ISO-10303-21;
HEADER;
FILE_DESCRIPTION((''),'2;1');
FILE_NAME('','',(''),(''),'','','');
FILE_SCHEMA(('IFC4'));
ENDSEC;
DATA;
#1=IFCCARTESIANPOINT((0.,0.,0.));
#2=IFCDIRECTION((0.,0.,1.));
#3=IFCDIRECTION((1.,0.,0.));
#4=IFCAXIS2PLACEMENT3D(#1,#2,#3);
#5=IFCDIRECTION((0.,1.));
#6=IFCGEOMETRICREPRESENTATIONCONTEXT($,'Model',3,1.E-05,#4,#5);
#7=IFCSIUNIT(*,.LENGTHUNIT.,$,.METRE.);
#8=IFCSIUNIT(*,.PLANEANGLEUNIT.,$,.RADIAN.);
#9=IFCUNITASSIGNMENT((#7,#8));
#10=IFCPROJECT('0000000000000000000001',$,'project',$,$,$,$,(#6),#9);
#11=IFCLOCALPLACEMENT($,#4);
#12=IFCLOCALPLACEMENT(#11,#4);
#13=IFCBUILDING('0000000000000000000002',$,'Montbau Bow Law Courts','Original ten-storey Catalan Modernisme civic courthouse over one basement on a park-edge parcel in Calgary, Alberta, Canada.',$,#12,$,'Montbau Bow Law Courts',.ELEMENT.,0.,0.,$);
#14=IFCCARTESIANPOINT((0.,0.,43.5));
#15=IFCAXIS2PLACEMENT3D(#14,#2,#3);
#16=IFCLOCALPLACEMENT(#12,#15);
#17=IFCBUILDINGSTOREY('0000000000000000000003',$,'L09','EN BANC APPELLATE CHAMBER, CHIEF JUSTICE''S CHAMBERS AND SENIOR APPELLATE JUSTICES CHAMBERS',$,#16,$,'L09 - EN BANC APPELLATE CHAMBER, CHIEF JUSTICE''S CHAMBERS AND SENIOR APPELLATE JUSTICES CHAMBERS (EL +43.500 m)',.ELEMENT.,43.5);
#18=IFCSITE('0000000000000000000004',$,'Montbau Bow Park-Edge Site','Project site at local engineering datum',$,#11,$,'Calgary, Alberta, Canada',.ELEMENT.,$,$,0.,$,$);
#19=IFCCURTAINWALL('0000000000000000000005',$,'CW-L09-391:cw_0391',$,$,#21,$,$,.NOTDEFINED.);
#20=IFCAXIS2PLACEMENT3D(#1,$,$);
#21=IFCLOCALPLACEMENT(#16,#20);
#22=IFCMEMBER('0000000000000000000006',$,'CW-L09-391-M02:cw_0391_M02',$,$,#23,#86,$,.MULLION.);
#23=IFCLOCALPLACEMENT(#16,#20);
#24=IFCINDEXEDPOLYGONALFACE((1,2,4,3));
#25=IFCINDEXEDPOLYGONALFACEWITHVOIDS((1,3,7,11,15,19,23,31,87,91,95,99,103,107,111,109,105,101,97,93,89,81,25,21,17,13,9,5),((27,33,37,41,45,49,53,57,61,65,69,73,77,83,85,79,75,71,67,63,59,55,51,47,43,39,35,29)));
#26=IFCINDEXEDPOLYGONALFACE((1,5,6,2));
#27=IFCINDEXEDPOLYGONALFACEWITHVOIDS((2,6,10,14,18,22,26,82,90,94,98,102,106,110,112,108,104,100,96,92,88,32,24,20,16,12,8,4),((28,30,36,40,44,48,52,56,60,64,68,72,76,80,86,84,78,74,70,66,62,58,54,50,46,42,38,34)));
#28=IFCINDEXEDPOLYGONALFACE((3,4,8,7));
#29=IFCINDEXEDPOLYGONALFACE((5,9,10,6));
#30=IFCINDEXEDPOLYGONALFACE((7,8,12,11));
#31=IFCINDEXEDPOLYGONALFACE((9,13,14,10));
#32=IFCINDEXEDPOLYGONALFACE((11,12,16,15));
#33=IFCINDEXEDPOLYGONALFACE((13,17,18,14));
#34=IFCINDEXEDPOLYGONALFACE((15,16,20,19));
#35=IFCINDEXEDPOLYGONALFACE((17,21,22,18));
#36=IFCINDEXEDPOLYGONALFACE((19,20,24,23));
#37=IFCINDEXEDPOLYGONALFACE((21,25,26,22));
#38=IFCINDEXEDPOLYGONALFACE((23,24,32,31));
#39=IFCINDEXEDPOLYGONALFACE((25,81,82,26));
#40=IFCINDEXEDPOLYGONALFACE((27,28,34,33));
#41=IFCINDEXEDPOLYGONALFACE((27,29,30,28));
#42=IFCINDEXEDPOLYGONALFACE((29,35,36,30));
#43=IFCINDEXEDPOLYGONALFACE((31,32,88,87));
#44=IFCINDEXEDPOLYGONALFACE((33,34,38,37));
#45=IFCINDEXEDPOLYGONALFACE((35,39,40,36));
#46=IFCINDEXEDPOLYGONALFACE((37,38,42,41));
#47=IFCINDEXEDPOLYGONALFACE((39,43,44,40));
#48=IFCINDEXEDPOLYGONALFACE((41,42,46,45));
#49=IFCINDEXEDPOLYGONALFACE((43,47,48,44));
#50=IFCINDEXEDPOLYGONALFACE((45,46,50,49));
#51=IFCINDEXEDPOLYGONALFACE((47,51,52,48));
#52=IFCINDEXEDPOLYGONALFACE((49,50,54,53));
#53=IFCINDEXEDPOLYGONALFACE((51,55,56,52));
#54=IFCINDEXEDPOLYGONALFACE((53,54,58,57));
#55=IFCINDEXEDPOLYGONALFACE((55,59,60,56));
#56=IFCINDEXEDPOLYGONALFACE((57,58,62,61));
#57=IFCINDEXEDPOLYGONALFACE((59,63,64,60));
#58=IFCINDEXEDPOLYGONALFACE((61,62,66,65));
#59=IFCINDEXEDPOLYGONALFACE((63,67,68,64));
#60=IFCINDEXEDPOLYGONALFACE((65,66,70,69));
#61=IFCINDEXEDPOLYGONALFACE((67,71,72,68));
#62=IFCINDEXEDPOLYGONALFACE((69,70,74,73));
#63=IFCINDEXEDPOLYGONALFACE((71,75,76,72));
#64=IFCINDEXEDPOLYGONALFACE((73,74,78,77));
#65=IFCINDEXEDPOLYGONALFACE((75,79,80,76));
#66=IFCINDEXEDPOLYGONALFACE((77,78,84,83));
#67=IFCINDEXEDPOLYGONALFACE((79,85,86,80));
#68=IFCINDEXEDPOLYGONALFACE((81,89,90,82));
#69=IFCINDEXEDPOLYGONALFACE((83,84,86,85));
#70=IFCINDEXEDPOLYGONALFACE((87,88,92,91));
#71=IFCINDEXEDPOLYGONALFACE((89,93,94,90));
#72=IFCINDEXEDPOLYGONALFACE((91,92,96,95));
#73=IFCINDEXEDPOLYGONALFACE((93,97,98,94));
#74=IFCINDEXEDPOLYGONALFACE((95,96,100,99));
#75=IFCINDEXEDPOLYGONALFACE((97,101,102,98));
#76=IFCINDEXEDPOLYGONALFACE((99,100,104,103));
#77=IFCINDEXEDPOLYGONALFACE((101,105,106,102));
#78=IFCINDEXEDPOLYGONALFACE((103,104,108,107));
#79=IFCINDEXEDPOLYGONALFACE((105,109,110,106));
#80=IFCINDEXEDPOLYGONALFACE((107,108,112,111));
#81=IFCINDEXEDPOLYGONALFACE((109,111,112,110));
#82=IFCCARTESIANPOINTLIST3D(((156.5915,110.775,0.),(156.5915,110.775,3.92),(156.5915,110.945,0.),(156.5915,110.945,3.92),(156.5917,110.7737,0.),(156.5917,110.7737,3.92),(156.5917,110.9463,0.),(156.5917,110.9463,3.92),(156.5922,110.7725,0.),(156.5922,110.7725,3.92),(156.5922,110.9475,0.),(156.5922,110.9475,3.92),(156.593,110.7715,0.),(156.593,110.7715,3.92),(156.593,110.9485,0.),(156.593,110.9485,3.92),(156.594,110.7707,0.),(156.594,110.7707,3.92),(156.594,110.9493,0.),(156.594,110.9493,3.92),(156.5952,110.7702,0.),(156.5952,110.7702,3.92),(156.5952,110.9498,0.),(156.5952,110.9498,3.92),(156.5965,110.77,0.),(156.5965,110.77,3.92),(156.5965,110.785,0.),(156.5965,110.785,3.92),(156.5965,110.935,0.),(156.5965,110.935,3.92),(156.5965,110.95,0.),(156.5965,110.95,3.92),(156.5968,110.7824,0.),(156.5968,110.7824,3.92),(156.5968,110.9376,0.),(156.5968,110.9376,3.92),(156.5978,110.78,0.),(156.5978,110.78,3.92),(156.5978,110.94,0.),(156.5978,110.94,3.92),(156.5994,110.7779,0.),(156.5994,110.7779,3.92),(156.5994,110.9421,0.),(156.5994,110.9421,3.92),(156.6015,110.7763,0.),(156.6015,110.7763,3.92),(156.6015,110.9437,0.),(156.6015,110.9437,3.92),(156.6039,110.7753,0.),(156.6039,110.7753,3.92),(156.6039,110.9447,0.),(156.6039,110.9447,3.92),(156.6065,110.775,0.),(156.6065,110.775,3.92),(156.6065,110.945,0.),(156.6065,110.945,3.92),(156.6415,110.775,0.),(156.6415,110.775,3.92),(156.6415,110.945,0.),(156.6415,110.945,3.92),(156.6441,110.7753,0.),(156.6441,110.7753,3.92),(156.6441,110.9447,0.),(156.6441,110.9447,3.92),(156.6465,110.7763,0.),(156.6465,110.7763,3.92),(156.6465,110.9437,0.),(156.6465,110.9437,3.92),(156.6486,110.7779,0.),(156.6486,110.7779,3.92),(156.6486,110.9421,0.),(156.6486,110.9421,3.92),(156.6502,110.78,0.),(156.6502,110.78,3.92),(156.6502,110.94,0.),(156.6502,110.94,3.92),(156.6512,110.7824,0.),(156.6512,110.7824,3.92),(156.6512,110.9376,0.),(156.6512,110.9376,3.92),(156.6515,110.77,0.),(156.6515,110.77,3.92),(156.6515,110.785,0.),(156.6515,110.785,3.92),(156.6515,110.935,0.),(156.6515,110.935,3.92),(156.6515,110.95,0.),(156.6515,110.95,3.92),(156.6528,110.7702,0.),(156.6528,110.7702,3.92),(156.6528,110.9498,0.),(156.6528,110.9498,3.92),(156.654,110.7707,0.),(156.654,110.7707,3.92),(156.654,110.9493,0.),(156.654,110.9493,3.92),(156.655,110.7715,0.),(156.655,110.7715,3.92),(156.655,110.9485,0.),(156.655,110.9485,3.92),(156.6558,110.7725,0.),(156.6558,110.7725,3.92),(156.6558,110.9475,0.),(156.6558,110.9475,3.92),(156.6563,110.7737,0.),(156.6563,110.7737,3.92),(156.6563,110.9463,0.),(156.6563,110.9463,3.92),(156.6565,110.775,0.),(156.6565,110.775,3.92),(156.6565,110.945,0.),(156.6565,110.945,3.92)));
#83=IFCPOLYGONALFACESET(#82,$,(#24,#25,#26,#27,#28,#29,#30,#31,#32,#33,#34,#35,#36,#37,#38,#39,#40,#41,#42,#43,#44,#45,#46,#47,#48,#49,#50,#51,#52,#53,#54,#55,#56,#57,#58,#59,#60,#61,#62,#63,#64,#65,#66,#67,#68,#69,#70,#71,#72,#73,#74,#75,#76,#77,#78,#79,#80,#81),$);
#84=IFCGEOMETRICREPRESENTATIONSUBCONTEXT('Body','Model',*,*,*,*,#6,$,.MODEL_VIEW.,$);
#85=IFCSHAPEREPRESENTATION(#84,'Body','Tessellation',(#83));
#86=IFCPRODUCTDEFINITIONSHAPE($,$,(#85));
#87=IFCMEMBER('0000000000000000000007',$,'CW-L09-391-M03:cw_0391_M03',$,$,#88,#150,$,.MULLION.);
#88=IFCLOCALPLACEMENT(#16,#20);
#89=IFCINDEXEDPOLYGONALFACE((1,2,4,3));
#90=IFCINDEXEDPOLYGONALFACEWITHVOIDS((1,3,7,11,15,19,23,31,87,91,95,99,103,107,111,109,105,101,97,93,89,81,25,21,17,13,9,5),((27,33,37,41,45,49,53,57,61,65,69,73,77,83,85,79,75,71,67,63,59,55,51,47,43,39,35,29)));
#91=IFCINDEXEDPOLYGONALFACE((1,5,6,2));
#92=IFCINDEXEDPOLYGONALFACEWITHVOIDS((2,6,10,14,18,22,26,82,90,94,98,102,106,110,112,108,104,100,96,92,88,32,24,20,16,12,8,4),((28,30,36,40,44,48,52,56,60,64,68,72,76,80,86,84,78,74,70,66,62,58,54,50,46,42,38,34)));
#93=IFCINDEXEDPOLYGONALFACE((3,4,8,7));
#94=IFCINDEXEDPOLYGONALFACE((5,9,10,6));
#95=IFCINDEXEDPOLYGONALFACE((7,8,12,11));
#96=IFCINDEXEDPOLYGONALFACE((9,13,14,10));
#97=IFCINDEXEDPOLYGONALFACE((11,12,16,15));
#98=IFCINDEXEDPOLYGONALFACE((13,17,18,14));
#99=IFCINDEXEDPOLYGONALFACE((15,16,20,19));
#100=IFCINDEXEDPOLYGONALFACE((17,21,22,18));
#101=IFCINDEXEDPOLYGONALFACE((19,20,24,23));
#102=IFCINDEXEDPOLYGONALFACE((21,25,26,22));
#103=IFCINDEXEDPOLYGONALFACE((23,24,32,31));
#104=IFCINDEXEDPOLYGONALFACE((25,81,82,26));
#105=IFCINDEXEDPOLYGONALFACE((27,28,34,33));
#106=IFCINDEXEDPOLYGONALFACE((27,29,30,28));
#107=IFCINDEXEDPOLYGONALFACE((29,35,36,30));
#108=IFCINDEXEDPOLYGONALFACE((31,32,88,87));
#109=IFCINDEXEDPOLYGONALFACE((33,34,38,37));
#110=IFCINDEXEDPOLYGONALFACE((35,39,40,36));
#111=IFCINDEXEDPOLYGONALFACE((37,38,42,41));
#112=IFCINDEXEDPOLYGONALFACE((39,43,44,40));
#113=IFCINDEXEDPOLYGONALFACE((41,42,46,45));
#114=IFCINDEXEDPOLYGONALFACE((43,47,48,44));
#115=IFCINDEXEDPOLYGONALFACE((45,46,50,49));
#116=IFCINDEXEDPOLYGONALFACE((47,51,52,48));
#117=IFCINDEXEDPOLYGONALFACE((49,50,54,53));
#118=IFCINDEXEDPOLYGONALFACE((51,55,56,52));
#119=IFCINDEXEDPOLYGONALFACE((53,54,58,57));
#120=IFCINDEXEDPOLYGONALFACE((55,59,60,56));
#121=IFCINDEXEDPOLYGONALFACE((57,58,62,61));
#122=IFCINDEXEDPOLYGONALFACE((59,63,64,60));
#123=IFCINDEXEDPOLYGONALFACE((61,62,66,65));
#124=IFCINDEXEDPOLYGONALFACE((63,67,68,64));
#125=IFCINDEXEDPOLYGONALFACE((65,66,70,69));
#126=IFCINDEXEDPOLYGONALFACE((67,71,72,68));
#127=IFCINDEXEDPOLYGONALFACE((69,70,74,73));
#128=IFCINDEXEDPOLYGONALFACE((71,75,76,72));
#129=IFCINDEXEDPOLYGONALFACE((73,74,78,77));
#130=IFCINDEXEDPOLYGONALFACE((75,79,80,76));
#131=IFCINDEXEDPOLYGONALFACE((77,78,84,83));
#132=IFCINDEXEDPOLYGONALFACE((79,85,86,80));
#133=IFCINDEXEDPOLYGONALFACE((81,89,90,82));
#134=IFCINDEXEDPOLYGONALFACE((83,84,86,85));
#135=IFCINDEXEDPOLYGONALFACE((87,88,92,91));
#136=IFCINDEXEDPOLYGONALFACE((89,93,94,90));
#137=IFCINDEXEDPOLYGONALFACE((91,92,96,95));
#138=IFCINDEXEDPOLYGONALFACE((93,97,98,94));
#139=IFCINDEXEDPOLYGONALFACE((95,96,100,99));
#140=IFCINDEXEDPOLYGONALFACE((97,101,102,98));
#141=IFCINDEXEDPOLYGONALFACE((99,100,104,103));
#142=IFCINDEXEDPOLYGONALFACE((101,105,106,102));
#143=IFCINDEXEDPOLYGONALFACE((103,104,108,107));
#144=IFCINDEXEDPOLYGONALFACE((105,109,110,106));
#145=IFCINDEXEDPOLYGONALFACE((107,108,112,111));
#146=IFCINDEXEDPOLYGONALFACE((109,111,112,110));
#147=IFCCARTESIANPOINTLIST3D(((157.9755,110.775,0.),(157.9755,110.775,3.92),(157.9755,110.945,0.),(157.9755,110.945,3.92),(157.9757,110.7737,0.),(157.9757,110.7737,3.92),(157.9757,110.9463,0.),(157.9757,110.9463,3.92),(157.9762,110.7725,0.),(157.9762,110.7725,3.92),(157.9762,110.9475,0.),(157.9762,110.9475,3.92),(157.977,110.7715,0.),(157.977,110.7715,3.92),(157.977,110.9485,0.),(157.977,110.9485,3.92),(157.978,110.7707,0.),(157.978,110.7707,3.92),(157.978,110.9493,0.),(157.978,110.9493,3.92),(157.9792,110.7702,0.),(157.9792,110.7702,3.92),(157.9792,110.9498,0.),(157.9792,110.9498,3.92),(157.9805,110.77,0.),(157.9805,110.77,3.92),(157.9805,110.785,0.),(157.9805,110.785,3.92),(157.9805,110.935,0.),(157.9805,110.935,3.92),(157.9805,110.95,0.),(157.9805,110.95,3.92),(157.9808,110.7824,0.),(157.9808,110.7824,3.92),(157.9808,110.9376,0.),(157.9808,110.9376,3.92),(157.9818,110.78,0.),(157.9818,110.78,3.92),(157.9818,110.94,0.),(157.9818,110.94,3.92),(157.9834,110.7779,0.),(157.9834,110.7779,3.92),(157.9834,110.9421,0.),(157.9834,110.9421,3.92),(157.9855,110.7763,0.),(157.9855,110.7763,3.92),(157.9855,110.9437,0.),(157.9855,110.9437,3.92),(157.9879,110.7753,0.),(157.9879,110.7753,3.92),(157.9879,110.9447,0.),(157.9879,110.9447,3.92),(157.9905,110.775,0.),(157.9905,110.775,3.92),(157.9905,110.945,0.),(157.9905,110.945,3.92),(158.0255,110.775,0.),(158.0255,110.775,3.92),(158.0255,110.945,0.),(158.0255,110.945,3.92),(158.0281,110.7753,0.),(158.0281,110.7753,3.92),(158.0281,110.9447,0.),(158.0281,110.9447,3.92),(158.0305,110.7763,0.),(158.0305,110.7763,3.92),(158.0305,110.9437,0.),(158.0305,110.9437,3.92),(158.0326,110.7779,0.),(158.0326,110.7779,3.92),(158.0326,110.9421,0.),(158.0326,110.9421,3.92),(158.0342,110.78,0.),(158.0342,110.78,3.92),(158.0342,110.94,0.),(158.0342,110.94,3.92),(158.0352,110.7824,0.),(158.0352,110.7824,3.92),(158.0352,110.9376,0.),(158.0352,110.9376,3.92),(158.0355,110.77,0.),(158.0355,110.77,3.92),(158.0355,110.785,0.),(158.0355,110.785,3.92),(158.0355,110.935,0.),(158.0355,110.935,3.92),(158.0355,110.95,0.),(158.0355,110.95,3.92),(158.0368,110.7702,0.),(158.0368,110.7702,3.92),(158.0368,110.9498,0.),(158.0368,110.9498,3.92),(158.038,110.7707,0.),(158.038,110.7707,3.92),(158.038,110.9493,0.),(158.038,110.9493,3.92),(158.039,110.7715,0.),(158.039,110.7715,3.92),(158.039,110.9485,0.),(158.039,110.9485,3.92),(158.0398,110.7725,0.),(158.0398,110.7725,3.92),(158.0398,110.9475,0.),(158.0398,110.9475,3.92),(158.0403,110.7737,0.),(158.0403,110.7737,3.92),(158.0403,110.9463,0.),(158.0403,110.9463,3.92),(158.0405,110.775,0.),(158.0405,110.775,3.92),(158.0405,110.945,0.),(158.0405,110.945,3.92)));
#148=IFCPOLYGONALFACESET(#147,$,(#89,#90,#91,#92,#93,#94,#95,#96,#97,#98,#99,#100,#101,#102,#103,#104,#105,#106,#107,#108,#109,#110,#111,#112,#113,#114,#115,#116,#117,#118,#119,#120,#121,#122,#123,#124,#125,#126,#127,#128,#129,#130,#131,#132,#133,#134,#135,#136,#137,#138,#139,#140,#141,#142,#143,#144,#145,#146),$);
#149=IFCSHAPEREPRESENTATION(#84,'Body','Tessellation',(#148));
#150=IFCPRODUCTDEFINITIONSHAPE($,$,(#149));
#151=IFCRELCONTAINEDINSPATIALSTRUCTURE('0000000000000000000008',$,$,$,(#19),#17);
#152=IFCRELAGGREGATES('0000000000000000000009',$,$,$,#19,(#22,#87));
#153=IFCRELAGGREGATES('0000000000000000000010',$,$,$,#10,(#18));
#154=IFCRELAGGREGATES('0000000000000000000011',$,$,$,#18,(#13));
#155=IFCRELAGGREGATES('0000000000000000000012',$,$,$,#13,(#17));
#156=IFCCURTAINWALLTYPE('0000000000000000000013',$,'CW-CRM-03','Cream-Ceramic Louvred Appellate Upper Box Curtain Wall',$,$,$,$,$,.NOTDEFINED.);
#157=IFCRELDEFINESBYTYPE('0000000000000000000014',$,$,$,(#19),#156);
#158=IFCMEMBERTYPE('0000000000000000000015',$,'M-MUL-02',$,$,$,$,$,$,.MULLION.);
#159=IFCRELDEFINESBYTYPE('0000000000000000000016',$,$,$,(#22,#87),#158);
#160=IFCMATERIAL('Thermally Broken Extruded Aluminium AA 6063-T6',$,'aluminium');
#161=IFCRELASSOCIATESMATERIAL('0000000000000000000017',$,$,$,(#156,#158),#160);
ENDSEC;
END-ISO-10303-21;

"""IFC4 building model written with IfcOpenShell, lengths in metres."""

from ifc_helpers import new_model, si_unit, direction, frame, origin_with_axes, origin_2d_with_axis, place, context, subcontext, project, spatial, hollow_rectangle, extrude, material, material_profile, profile_set, type_object, element, aggregate, save


model = new_model("IFC4")

# Units and contexts
model_context = context("Model", 3, precision=1e-05, world=origin_with_axes(), true_north=direction((0.0, 1.0)))
body_context = subcontext(model_context, "Body", "Model", "MODEL_VIEW")
ifc_project = project(units=[si_unit("LENGTHUNIT", "METRE"), si_unit("PLANEANGLEUNIT", "RADIAN")], contexts=[model_context])

# Site, building, storey
site_placement = place(None, origin_with_axes())
site = spatial("IfcSite", under=ifc_project, at=site_placement, Name="Montbau Bow Park-Edge Site", Description="Project site at local engineering datum", LongName="Calgary, Alberta, Canada", CompositionType="ELEMENT", RefElevation=0.0)
building_placement = place(site_placement, origin_with_axes())
building = spatial("IfcBuilding", under=site, at=building_placement, Name="Montbau Bow Law Courts", Description="Original ten-storey Catalan Modernisme civic courthouse over one basement on a park-edge parcel in Calgary, Alberta, Canada.", LongName="Montbau Bow Law Courts", CompositionType="ELEMENT", ElevationOfRefHeight=0.0, ElevationOfTerrain=0.0)
storey_placement = place(building_placement, frame((0.0, 0.0, 43.5), z_axis=(0.0, 0.0, 1.0), x_axis=(1.0, 0.0, 0.0)))
storey = spatial("IfcBuildingStorey", under=building, at=storey_placement, Name="L09", Description="EN BANC APPELLATE CHAMBER, CHIEF JUSTICE'S CHAMBERS AND SENIOR APPELLATE JUSTICES CHAMBERS", LongName="L09 - EN BANC APPELLATE CHAMBER, CHIEF JUSTICE'S CHAMBERS AND SENIOR APPELLATE JUSTICES CHAMBERS (EL +43.500 m)", CompositionType="ELEMENT", Elevation=43.5)

# Curtain wall, members
ifc_material_1 = material(Name="Thermally Broken Extruded Aluminium AA 6063-T6", Category="aluminium")
curtain_wall_type = type_object("IfcCurtainWallType", Name="CW-CRM-03", Description="Cream-Ceramic Louvred Appellate Upper Box Curtain Wall", PredefinedType="NOTDEFINED", material=ifc_material_1)
curtain_wall_placement = place(None, frame((155.24, 110.86, 43.5), z_axis=(0.0, 0.0, 1.0), x_axis=(1.0, 0.0, 0.0)))
curtain_wall = element("IfcCurtainWall", 1, at=curtain_wall_placement, inside=storey, type_object=curtain_wall_type, Name="CW-L09-391:cw_0391", PredefinedType="NOTDEFINED")
ifc_material_profile_1 = material_profile(ifc_material_1, hollow_rectangle(XDim=0.065, YDim=0.18, WallThickness=0.005, InnerFilletRadius=0.01, OuterFilletRadius=0.005, at=origin_2d_with_axis()), Name="CWM-180X65", Category="Main", Priority=0)
ifc_profile_set_1 = profile_set([ifc_material_profile_1], Name="Thermally Broken Extruded Aluminium AA 6063-T6")
member_type_1 = type_object("IfcMemberType", Name="M-MUL-02", PredefinedType="MULLION", material=ifc_profile_set_1)
member_1_placement = place(None, frame((156.624, 110.86, 43.5), z_axis=(0.0, 0.0, 1.0), x_axis=(1.0, 0.0, 0.0)))
member_1 = element("IfcMember", 2, at=member_1_placement, type_object=member_type_1, Name="CW-L09-391-M02:cw_0391_M02", PredefinedType="MULLION", context=body_context, shape_type="SweptSolid", body=[
    extrude(hollow_rectangle(XDim=0.065, YDim=0.18, WallThickness=0.005, InnerFilletRadius=0.01, OuterFilletRadius=0.005, at=origin_2d_with_axis()), origin_with_axes(), (0.0, 0.0, 1.0), 3.92),
])
member_2_placement = place(None, frame((158.008, 110.86, 43.5), z_axis=(0.0, 0.0, 1.0), x_axis=(1.0, 0.0, 0.0)))
member_2 = element("IfcMember", 3, at=member_2_placement, type_object=member_type_1, Name="CW-L09-391-M03:cw_0391_M03", PredefinedType="MULLION", context=body_context, shape_type="SweptSolid", body=[
    extrude(hollow_rectangle(XDim=0.065, YDim=0.18, WallThickness=0.005, InnerFilletRadius=0.01, OuterFilletRadius=0.005, at=origin_2d_with_axis()), origin_with_axes(), (0.0, 0.0, 1.0), 3.92),
])
aggregate(curtain_wall, [member_1, member_2])

save(model, "model.ifc")
